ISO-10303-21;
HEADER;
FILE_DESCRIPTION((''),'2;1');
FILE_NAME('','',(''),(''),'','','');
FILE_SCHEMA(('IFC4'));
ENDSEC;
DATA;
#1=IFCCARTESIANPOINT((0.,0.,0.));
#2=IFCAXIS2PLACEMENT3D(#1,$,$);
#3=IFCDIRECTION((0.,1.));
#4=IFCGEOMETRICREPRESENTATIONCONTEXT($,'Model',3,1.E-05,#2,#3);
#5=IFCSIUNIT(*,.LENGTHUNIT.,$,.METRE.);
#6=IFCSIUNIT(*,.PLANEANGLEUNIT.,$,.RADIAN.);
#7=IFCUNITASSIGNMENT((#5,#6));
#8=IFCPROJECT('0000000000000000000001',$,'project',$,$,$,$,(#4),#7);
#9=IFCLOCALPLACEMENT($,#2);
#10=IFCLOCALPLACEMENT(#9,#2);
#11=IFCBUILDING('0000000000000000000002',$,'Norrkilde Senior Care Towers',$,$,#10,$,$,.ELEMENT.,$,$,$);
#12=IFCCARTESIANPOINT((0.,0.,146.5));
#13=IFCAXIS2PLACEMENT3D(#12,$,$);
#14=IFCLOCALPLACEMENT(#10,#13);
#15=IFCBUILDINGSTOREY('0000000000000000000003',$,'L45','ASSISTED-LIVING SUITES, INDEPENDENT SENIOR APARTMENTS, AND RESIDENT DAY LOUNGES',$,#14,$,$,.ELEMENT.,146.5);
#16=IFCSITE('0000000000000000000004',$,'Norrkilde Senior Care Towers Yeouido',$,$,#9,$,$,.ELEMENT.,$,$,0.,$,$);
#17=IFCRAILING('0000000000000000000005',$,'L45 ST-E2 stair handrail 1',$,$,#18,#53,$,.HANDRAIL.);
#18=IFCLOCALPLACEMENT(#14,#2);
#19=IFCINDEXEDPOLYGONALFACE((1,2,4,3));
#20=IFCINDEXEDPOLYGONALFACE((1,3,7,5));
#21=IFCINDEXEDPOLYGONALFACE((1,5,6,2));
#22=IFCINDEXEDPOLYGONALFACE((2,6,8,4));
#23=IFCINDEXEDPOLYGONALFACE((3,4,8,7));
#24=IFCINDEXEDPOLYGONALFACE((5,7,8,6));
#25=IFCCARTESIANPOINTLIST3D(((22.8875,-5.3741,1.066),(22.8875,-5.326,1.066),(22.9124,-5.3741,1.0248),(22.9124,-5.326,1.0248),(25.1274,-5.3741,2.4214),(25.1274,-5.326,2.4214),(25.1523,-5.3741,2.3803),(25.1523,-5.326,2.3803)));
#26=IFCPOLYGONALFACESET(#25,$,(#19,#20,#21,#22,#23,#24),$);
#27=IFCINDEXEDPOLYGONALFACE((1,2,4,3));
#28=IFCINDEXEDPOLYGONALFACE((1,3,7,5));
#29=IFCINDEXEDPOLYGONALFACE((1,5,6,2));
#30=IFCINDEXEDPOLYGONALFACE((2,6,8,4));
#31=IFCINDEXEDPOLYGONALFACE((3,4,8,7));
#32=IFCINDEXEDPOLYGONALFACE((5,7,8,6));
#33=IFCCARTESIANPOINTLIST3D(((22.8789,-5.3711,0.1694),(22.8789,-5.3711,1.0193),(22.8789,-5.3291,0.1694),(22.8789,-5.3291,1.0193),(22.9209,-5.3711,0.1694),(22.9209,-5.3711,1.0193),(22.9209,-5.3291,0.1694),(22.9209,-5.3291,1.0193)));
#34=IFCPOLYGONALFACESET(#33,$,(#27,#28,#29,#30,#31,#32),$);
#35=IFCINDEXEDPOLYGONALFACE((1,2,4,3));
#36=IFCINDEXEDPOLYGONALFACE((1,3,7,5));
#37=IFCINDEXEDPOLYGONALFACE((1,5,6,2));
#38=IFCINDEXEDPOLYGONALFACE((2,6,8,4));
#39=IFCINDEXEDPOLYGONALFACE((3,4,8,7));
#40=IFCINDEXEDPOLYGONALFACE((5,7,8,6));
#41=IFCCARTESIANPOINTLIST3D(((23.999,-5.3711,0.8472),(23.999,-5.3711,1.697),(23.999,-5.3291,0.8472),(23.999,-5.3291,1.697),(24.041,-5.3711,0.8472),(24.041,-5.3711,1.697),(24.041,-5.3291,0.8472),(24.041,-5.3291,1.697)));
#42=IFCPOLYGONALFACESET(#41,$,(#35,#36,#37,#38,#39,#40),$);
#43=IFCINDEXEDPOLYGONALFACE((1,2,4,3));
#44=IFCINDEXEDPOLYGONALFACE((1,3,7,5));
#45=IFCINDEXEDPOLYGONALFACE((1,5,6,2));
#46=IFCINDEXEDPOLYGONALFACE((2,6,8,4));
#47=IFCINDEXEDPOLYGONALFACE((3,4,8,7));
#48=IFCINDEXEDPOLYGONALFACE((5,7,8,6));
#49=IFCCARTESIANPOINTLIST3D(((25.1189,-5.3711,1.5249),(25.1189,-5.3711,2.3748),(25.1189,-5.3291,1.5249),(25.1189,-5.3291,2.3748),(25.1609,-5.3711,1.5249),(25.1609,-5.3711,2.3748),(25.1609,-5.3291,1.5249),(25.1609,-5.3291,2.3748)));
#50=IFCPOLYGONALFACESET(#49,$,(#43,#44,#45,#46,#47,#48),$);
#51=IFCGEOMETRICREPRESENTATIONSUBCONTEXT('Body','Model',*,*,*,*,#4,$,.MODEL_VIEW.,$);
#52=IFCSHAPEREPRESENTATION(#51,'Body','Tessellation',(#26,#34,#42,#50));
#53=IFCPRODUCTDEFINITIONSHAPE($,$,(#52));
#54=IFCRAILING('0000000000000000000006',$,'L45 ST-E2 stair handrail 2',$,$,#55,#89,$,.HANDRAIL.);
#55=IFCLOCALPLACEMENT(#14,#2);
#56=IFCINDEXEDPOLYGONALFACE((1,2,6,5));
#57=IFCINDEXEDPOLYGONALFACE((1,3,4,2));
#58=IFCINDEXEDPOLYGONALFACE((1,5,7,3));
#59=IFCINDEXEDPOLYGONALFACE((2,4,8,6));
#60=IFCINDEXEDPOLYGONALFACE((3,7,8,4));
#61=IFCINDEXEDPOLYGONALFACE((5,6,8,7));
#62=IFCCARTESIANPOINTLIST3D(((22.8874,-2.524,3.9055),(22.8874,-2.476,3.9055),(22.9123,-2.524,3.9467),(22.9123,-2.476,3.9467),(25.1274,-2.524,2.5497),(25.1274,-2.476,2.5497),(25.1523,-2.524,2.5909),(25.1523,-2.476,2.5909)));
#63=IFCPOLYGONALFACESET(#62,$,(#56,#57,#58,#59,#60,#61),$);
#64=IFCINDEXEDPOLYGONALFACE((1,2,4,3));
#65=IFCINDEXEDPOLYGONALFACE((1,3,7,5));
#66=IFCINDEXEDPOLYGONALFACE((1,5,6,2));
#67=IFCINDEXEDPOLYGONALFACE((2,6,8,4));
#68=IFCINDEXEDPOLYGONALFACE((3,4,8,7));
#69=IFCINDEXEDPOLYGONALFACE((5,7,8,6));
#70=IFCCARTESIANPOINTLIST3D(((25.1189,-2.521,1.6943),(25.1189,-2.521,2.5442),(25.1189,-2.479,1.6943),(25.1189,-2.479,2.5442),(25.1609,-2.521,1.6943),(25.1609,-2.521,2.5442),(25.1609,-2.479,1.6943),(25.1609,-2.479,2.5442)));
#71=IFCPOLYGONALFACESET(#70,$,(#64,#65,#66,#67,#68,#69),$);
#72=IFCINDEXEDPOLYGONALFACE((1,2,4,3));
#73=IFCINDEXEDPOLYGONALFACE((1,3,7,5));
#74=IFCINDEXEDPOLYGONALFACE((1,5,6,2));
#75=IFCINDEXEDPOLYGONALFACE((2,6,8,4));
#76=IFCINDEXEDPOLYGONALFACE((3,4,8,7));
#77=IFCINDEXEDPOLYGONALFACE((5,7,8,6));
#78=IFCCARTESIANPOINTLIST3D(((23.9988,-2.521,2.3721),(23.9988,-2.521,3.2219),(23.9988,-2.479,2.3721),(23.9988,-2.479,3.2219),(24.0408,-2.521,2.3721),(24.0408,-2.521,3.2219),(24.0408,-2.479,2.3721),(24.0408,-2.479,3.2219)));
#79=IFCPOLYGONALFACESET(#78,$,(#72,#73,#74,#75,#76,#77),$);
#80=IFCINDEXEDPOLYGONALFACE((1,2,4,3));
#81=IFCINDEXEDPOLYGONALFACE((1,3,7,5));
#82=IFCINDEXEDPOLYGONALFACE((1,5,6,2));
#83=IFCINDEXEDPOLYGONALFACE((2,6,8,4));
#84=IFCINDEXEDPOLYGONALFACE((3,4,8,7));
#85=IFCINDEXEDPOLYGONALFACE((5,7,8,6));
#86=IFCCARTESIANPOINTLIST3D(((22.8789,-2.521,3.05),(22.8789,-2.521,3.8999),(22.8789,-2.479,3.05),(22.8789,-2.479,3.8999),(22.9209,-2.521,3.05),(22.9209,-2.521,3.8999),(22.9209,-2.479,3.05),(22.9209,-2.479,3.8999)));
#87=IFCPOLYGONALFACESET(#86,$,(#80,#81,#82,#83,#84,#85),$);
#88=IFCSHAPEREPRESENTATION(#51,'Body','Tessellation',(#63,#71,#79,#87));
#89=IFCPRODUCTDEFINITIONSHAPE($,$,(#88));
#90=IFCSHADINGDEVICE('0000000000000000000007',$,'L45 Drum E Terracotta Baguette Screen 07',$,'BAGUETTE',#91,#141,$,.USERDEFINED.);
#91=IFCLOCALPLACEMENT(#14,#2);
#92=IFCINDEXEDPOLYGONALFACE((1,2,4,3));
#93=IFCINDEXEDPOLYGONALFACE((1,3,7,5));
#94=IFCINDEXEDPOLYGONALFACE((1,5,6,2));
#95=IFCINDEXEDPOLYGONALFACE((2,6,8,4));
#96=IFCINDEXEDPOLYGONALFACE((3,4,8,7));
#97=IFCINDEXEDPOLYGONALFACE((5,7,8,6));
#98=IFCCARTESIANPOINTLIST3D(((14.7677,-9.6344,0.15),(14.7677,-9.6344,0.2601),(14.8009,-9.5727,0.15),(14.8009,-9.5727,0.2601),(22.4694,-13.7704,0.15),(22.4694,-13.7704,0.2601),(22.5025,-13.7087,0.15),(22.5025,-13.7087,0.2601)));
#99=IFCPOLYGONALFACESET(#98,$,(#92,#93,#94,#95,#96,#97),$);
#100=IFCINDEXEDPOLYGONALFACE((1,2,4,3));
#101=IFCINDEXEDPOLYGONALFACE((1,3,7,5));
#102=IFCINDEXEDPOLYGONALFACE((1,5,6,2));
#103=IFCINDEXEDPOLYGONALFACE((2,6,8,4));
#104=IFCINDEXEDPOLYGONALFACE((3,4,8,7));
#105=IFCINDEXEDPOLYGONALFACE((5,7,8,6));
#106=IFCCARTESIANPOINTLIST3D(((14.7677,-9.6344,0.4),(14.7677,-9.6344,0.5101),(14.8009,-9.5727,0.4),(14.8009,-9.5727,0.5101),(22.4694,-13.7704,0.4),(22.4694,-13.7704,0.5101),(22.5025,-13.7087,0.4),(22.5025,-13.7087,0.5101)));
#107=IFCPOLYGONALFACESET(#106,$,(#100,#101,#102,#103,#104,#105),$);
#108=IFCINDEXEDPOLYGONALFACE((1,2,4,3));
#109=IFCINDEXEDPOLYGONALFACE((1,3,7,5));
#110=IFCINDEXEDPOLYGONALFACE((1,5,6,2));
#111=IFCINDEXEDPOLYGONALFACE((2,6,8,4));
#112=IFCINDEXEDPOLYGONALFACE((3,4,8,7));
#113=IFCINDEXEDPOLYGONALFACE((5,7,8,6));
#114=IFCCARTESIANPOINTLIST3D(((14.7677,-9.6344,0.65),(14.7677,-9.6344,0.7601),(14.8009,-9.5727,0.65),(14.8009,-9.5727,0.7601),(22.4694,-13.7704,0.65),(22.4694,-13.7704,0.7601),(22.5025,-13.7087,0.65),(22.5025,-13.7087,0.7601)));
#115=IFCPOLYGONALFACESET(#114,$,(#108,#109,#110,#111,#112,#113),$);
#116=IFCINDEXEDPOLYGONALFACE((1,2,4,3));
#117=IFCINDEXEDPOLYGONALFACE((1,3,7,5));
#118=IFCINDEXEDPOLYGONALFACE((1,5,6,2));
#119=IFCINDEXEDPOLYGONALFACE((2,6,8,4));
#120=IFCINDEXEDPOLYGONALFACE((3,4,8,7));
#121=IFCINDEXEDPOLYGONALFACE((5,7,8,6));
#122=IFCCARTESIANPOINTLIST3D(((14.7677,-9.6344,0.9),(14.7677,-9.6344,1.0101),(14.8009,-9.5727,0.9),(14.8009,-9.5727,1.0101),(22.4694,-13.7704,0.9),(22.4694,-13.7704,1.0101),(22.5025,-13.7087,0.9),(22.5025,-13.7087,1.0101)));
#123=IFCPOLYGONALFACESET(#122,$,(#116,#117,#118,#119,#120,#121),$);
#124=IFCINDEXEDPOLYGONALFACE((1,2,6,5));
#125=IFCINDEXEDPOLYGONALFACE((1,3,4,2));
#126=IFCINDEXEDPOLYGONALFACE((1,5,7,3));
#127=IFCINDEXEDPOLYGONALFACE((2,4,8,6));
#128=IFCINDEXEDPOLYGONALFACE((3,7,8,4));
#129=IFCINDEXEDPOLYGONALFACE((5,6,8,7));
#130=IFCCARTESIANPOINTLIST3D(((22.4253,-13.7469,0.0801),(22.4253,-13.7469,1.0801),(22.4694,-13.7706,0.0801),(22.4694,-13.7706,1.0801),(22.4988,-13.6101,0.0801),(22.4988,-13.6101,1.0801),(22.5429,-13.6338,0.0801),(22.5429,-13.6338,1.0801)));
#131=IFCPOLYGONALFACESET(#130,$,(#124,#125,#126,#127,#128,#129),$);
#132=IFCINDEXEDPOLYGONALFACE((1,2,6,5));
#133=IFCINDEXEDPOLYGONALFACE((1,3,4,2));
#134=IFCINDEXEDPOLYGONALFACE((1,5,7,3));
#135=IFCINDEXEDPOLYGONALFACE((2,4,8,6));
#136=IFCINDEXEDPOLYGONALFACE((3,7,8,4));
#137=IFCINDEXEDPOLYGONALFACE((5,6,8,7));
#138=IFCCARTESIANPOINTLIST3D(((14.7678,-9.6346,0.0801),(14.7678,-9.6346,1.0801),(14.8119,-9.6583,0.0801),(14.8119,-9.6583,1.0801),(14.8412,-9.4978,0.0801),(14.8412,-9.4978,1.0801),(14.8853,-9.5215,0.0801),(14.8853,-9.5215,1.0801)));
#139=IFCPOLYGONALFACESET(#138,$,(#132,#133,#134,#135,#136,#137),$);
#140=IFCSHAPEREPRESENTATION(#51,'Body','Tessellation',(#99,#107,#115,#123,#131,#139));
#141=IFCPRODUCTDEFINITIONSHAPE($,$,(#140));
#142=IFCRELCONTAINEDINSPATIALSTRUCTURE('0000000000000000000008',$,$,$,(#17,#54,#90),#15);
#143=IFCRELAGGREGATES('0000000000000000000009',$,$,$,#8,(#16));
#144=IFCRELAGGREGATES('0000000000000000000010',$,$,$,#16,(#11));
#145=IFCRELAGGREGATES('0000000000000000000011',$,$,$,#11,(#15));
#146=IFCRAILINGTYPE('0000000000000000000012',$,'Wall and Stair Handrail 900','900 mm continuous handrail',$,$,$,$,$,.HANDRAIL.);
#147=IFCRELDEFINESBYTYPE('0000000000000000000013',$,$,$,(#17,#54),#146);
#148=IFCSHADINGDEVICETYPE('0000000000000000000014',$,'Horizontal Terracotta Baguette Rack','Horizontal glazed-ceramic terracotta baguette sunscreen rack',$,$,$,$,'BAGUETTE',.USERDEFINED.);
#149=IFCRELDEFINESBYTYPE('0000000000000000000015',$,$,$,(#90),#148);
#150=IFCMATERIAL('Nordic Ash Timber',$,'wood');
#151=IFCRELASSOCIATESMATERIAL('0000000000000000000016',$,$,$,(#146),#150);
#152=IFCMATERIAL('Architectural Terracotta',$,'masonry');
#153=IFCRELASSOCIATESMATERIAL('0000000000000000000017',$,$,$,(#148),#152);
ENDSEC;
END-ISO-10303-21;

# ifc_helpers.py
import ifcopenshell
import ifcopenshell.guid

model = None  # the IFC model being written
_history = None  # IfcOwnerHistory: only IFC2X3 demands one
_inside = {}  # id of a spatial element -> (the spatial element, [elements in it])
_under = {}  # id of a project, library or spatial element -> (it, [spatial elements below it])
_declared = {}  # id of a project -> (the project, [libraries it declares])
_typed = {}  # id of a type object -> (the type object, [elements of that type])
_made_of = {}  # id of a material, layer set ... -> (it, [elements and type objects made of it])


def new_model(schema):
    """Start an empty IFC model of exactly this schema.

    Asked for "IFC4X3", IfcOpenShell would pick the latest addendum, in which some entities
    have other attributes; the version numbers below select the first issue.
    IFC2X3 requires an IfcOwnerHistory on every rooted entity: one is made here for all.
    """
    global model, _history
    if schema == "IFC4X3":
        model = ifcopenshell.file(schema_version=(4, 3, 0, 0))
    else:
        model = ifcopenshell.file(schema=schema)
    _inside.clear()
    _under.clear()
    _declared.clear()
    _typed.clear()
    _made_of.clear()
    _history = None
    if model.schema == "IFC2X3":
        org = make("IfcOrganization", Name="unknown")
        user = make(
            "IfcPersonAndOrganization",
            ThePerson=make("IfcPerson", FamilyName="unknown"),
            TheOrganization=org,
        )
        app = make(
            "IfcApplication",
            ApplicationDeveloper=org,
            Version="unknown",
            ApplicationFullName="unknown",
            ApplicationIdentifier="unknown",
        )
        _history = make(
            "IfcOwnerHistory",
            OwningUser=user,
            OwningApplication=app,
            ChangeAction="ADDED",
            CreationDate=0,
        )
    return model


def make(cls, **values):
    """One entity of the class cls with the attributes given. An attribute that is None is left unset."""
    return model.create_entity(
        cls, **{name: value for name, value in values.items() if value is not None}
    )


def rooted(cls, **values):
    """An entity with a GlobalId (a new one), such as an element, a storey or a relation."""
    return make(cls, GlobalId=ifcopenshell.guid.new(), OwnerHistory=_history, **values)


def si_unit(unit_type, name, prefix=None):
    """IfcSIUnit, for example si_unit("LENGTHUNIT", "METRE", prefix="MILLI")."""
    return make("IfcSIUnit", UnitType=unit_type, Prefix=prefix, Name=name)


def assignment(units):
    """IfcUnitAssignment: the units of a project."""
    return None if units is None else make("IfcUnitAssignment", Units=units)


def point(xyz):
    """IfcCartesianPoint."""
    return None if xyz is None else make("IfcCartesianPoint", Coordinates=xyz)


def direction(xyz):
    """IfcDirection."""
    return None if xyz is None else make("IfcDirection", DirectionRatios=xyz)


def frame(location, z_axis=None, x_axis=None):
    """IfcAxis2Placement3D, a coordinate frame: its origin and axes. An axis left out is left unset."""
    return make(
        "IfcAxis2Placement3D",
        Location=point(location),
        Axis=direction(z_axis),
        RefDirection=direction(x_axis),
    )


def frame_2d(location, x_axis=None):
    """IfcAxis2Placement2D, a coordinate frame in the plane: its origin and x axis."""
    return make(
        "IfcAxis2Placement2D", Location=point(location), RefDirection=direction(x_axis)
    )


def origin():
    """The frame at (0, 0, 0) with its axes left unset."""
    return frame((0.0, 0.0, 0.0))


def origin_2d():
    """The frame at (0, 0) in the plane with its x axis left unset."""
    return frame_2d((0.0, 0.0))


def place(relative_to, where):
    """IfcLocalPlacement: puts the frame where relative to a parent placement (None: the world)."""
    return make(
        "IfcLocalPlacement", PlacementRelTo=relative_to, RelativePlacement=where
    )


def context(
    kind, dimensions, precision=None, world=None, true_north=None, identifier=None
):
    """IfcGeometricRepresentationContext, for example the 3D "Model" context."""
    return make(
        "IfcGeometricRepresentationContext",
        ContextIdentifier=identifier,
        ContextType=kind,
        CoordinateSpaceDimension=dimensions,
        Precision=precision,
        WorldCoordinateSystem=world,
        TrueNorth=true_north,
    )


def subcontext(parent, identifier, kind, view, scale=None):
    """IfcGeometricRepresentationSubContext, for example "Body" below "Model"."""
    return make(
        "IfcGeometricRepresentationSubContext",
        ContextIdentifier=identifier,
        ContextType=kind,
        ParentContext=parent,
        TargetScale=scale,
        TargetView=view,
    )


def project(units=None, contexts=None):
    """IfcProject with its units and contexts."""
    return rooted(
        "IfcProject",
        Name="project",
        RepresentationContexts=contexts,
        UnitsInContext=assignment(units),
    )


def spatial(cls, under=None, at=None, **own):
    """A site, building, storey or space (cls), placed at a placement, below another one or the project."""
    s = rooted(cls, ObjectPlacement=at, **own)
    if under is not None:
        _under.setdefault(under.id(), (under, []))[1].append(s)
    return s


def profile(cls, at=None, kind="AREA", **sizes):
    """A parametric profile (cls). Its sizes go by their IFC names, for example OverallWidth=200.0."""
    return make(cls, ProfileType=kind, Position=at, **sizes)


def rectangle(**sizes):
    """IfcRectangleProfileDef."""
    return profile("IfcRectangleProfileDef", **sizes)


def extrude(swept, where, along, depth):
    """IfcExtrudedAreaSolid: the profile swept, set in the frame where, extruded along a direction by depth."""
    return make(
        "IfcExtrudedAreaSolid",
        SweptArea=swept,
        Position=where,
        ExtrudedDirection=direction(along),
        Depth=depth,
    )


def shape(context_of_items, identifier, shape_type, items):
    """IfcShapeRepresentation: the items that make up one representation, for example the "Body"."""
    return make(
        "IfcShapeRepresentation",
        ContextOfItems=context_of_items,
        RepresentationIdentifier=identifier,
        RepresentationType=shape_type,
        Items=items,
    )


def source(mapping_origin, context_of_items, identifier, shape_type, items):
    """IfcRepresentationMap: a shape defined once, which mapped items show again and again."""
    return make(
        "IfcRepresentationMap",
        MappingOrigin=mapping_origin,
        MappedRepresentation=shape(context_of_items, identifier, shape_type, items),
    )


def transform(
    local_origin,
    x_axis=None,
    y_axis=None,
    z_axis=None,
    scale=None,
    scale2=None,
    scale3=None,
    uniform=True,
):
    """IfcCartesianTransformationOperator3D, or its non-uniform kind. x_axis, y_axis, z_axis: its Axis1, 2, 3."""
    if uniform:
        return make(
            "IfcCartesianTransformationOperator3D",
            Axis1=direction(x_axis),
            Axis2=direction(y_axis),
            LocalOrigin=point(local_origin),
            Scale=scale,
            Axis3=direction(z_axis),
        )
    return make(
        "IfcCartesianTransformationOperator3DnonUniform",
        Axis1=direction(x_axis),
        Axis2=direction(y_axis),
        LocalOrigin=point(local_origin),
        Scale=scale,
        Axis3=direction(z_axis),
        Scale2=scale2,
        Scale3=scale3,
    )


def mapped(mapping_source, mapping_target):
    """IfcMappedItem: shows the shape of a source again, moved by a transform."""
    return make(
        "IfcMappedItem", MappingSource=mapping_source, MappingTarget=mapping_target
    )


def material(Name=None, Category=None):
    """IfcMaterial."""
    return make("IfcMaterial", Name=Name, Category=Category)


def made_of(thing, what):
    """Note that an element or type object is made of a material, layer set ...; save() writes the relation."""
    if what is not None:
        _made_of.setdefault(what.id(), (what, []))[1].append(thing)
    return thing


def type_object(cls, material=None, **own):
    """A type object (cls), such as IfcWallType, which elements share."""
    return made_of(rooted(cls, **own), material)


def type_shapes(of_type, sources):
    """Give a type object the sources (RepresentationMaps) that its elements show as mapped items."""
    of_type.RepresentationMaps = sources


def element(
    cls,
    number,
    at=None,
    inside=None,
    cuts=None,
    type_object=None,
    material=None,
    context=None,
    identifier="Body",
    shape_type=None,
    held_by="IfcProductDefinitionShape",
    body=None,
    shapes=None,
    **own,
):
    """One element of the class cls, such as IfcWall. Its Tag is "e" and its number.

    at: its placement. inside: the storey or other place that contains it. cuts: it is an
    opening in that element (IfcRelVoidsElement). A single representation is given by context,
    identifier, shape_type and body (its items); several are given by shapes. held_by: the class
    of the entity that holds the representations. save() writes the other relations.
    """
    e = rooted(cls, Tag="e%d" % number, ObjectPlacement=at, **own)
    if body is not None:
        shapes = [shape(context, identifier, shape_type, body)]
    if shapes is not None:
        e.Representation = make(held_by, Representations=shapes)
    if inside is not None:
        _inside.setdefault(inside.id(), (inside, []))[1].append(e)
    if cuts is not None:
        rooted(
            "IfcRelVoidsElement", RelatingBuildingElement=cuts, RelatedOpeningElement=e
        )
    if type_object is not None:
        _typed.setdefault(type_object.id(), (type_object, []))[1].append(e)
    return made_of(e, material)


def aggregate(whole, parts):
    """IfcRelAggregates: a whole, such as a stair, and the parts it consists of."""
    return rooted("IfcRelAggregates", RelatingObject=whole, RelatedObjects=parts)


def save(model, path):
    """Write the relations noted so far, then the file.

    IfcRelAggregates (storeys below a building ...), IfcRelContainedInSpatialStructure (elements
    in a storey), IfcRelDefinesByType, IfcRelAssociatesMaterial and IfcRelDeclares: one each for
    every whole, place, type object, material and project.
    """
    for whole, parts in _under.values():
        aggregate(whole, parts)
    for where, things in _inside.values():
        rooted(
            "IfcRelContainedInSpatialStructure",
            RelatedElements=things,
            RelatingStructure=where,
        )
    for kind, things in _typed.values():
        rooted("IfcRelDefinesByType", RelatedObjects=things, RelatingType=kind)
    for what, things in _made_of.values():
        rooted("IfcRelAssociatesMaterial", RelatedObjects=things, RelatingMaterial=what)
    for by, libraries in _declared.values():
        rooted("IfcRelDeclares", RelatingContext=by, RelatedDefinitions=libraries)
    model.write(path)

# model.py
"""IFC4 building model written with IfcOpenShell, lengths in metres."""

from ifc_helpers import new_model, si_unit, direction, frame, origin, origin_2d, place, context, subcontext, project, spatial, rectangle, extrude, source, transform, mapped, material, type_object, type_shapes, element, save


model = new_model("IFC4")

# Units and contexts
model_context = context("Model", 3, precision=1e-05, world=origin(), true_north=direction((0.0, 1.0)))
body_context = subcontext(model_context, "Body", "Model", "MODEL_VIEW")
ifc_project = project(units=[si_unit("LENGTHUNIT", "METRE"), si_unit("PLANEANGLEUNIT", "RADIAN")], contexts=[model_context])

# Site, building, storey
site_placement = place(None, origin())
site = spatial("IfcSite", under=ifc_project, at=site_placement, Name="Norrkilde Senior Care Towers Yeouido", CompositionType="ELEMENT", RefElevation=0.0)
building_placement = place(site_placement, origin())
building = spatial("IfcBuilding", under=site, at=building_placement, Name="Norrkilde Senior Care Towers", CompositionType="ELEMENT")
storey_placement = place(building_placement, frame((0.0, 0.0, 146.5)))
storey = spatial("IfcBuildingStorey", under=building, at=storey_placement, Name="L45", Description="ASSISTED-LIVING SUITES, INDEPENDENT SENIOR APARTMENTS, AND RESIDENT DAY LOUNGES", CompositionType="ELEMENT", Elevation=146.5)

# Railings
ifc_material_1 = material(Name="Nordic Ash Timber", Category="wood")
railing_type_1 = type_object("IfcRailingType", Name="Wall and Stair Handrail 900", Description="900 mm continuous handrail", PredefinedType="HANDRAIL", material=ifc_material_1)
railing_1_placement = place(storey_placement, frame((22.8999, -5.3501, 0.1694)))
element("IfcRailing", 1, at=railing_1_placement, inside=storey, type_object=railing_type_1, Name="L45 ST-E2 stair handrail 1", PredefinedType="HANDRAIL", context=body_context, shape_type="SweptSolid", body=[
    extrude(rectangle(XDim=0.0481, YDim=0.0481, at=origin_2d()), frame((0.0, 0.0, 0.876), z_axis=(0.855553, 0.0, 0.517715), x_axis=(0.0, 1.0, 0.0)), (0.0, 0.0, 1.0), 2.6182),
    extrude(rectangle(XDim=0.042, YDim=0.042, at=origin_2d()), origin(), (0.0, 0.0, 1.0), 0.8499),
    extrude(rectangle(XDim=0.042, YDim=0.042, at=origin_2d()), frame((1.1201, 0.0, 0.6777)), (0.0, 0.0, 1.0), 0.8499),
    extrude(rectangle(XDim=0.042, YDim=0.042, at=origin_2d()), frame((2.24, 0.0, 1.3555)), (0.0, 0.0, 1.0), 0.8499),
])
railing_2_placement = place(storey_placement, frame((25.1399, -2.5, 1.6943)))
element("IfcRailing", 2, at=railing_2_placement, inside=storey, type_object=railing_type_1, Name="L45 ST-E2 stair handrail 2", PredefinedType="HANDRAIL", context=body_context, shape_type="SweptSolid", body=[
    extrude(rectangle(XDim=0.0481, YDim=0.0481, at=origin_2d()), frame((0.0, 0.0, 0.876), z_axis=(-0.855512, 0.0, 0.517783), x_axis=(0.0, -1.0, 0.0)), (0.0, 0.0, 1.0), 2.6184),
    extrude(rectangle(XDim=0.042, YDim=0.042, at=origin_2d()), origin(), (0.0, 0.0, 1.0), 0.8499),
    extrude(rectangle(XDim=0.042, YDim=0.042, at=origin_2d()), frame((-1.1201, 0.0, 0.6777)), (0.0, 0.0, 1.0), 0.8499),
    extrude(rectangle(XDim=0.042, YDim=0.042, at=origin_2d()), frame((-2.24, 0.0, 1.3557)), (0.0, 0.0, 1.0), 0.8499),
])

# Shading device
ifc_material_2 = material(Name="Architectural Terracotta", Category="masonry")
shading_device_type = type_object("IfcShadingDeviceType", Name="Horizontal Terracotta Baguette Rack", Description="Horizontal glazed-ceramic terracotta baguette sunscreen rack", ElementType="BAGUETTE", PredefinedType="USERDEFINED", material=ifc_material_2)
shared_shape_1 = source(origin(), body_context, "Body", "SweptSolid", [
    extrude(rectangle(XDim=0.0701, YDim=0.1101, at=origin_2d()), frame((0.0, 0.0901, 0.125), z_axis=(1.0, 0.0, 0.0), x_axis=(0.0, 1.0, 0.0)), (0.0, 0.0, 1.0), 8.7419),
    extrude(rectangle(XDim=0.0701, YDim=0.1101, at=origin_2d()), frame((0.0, 0.0901, 0.375), z_axis=(1.0, 0.0, 0.0), x_axis=(0.0, 1.0, 0.0)), (0.0, 0.0, 1.0), 8.7419),
    extrude(rectangle(XDim=0.0701, YDim=0.1101, at=origin_2d()), frame((0.0, 0.0901, 0.625), z_axis=(1.0, 0.0, 0.0), x_axis=(0.0, 1.0, 0.0)), (0.0, 0.0, 1.0), 8.7419),
    extrude(rectangle(XDim=0.0701, YDim=0.1101, at=origin_2d()), frame((0.0, 0.0901, 0.875), z_axis=(1.0, 0.0, 0.0), x_axis=(0.0, 1.0, 0.0)), (0.0, 0.0, 1.0), 8.7419),
    extrude(rectangle(XDim=0.05, YDim=0.1553, at=origin_2d()), frame((0.0249, 0.0476, 0.0)), (0.0, 0.0, 1.0), 1.0),
    extrude(rectangle(XDim=0.05, YDim=0.1553, at=origin_2d()), frame((8.7168, 0.0476, 0.0)), (0.0, 0.0, 1.0), 1.0),
])
type_shapes(shading_device_type, [shared_shape_1])
shading_device_placement = place(storey_placement, frame((22.5286, -13.6602, 0.0801), z_axis=(0.0, 0.0, 1.0), x_axis=(-0.881001, 0.47312, 0.0)))
element("IfcShadingDevice", 3, at=shading_device_placement, inside=storey, type_object=shading_device_type, Name="L45 Drum E Terracotta Baguette Screen 07", ObjectType="BAGUETTE", PredefinedType="USERDEFINED", context=body_context, shape_type="MappedRepresentation", body=[
    mapped(shared_shape_1, transform((0.0, 0.0, 0.0), x_axis=(1.0, 0.0, 0.0), y_axis=(0.0, 1.0, 0.0), z_axis=(0.0, 0.0, 1.0), scale=1.0)),
])

save(model, "model.ifc")
